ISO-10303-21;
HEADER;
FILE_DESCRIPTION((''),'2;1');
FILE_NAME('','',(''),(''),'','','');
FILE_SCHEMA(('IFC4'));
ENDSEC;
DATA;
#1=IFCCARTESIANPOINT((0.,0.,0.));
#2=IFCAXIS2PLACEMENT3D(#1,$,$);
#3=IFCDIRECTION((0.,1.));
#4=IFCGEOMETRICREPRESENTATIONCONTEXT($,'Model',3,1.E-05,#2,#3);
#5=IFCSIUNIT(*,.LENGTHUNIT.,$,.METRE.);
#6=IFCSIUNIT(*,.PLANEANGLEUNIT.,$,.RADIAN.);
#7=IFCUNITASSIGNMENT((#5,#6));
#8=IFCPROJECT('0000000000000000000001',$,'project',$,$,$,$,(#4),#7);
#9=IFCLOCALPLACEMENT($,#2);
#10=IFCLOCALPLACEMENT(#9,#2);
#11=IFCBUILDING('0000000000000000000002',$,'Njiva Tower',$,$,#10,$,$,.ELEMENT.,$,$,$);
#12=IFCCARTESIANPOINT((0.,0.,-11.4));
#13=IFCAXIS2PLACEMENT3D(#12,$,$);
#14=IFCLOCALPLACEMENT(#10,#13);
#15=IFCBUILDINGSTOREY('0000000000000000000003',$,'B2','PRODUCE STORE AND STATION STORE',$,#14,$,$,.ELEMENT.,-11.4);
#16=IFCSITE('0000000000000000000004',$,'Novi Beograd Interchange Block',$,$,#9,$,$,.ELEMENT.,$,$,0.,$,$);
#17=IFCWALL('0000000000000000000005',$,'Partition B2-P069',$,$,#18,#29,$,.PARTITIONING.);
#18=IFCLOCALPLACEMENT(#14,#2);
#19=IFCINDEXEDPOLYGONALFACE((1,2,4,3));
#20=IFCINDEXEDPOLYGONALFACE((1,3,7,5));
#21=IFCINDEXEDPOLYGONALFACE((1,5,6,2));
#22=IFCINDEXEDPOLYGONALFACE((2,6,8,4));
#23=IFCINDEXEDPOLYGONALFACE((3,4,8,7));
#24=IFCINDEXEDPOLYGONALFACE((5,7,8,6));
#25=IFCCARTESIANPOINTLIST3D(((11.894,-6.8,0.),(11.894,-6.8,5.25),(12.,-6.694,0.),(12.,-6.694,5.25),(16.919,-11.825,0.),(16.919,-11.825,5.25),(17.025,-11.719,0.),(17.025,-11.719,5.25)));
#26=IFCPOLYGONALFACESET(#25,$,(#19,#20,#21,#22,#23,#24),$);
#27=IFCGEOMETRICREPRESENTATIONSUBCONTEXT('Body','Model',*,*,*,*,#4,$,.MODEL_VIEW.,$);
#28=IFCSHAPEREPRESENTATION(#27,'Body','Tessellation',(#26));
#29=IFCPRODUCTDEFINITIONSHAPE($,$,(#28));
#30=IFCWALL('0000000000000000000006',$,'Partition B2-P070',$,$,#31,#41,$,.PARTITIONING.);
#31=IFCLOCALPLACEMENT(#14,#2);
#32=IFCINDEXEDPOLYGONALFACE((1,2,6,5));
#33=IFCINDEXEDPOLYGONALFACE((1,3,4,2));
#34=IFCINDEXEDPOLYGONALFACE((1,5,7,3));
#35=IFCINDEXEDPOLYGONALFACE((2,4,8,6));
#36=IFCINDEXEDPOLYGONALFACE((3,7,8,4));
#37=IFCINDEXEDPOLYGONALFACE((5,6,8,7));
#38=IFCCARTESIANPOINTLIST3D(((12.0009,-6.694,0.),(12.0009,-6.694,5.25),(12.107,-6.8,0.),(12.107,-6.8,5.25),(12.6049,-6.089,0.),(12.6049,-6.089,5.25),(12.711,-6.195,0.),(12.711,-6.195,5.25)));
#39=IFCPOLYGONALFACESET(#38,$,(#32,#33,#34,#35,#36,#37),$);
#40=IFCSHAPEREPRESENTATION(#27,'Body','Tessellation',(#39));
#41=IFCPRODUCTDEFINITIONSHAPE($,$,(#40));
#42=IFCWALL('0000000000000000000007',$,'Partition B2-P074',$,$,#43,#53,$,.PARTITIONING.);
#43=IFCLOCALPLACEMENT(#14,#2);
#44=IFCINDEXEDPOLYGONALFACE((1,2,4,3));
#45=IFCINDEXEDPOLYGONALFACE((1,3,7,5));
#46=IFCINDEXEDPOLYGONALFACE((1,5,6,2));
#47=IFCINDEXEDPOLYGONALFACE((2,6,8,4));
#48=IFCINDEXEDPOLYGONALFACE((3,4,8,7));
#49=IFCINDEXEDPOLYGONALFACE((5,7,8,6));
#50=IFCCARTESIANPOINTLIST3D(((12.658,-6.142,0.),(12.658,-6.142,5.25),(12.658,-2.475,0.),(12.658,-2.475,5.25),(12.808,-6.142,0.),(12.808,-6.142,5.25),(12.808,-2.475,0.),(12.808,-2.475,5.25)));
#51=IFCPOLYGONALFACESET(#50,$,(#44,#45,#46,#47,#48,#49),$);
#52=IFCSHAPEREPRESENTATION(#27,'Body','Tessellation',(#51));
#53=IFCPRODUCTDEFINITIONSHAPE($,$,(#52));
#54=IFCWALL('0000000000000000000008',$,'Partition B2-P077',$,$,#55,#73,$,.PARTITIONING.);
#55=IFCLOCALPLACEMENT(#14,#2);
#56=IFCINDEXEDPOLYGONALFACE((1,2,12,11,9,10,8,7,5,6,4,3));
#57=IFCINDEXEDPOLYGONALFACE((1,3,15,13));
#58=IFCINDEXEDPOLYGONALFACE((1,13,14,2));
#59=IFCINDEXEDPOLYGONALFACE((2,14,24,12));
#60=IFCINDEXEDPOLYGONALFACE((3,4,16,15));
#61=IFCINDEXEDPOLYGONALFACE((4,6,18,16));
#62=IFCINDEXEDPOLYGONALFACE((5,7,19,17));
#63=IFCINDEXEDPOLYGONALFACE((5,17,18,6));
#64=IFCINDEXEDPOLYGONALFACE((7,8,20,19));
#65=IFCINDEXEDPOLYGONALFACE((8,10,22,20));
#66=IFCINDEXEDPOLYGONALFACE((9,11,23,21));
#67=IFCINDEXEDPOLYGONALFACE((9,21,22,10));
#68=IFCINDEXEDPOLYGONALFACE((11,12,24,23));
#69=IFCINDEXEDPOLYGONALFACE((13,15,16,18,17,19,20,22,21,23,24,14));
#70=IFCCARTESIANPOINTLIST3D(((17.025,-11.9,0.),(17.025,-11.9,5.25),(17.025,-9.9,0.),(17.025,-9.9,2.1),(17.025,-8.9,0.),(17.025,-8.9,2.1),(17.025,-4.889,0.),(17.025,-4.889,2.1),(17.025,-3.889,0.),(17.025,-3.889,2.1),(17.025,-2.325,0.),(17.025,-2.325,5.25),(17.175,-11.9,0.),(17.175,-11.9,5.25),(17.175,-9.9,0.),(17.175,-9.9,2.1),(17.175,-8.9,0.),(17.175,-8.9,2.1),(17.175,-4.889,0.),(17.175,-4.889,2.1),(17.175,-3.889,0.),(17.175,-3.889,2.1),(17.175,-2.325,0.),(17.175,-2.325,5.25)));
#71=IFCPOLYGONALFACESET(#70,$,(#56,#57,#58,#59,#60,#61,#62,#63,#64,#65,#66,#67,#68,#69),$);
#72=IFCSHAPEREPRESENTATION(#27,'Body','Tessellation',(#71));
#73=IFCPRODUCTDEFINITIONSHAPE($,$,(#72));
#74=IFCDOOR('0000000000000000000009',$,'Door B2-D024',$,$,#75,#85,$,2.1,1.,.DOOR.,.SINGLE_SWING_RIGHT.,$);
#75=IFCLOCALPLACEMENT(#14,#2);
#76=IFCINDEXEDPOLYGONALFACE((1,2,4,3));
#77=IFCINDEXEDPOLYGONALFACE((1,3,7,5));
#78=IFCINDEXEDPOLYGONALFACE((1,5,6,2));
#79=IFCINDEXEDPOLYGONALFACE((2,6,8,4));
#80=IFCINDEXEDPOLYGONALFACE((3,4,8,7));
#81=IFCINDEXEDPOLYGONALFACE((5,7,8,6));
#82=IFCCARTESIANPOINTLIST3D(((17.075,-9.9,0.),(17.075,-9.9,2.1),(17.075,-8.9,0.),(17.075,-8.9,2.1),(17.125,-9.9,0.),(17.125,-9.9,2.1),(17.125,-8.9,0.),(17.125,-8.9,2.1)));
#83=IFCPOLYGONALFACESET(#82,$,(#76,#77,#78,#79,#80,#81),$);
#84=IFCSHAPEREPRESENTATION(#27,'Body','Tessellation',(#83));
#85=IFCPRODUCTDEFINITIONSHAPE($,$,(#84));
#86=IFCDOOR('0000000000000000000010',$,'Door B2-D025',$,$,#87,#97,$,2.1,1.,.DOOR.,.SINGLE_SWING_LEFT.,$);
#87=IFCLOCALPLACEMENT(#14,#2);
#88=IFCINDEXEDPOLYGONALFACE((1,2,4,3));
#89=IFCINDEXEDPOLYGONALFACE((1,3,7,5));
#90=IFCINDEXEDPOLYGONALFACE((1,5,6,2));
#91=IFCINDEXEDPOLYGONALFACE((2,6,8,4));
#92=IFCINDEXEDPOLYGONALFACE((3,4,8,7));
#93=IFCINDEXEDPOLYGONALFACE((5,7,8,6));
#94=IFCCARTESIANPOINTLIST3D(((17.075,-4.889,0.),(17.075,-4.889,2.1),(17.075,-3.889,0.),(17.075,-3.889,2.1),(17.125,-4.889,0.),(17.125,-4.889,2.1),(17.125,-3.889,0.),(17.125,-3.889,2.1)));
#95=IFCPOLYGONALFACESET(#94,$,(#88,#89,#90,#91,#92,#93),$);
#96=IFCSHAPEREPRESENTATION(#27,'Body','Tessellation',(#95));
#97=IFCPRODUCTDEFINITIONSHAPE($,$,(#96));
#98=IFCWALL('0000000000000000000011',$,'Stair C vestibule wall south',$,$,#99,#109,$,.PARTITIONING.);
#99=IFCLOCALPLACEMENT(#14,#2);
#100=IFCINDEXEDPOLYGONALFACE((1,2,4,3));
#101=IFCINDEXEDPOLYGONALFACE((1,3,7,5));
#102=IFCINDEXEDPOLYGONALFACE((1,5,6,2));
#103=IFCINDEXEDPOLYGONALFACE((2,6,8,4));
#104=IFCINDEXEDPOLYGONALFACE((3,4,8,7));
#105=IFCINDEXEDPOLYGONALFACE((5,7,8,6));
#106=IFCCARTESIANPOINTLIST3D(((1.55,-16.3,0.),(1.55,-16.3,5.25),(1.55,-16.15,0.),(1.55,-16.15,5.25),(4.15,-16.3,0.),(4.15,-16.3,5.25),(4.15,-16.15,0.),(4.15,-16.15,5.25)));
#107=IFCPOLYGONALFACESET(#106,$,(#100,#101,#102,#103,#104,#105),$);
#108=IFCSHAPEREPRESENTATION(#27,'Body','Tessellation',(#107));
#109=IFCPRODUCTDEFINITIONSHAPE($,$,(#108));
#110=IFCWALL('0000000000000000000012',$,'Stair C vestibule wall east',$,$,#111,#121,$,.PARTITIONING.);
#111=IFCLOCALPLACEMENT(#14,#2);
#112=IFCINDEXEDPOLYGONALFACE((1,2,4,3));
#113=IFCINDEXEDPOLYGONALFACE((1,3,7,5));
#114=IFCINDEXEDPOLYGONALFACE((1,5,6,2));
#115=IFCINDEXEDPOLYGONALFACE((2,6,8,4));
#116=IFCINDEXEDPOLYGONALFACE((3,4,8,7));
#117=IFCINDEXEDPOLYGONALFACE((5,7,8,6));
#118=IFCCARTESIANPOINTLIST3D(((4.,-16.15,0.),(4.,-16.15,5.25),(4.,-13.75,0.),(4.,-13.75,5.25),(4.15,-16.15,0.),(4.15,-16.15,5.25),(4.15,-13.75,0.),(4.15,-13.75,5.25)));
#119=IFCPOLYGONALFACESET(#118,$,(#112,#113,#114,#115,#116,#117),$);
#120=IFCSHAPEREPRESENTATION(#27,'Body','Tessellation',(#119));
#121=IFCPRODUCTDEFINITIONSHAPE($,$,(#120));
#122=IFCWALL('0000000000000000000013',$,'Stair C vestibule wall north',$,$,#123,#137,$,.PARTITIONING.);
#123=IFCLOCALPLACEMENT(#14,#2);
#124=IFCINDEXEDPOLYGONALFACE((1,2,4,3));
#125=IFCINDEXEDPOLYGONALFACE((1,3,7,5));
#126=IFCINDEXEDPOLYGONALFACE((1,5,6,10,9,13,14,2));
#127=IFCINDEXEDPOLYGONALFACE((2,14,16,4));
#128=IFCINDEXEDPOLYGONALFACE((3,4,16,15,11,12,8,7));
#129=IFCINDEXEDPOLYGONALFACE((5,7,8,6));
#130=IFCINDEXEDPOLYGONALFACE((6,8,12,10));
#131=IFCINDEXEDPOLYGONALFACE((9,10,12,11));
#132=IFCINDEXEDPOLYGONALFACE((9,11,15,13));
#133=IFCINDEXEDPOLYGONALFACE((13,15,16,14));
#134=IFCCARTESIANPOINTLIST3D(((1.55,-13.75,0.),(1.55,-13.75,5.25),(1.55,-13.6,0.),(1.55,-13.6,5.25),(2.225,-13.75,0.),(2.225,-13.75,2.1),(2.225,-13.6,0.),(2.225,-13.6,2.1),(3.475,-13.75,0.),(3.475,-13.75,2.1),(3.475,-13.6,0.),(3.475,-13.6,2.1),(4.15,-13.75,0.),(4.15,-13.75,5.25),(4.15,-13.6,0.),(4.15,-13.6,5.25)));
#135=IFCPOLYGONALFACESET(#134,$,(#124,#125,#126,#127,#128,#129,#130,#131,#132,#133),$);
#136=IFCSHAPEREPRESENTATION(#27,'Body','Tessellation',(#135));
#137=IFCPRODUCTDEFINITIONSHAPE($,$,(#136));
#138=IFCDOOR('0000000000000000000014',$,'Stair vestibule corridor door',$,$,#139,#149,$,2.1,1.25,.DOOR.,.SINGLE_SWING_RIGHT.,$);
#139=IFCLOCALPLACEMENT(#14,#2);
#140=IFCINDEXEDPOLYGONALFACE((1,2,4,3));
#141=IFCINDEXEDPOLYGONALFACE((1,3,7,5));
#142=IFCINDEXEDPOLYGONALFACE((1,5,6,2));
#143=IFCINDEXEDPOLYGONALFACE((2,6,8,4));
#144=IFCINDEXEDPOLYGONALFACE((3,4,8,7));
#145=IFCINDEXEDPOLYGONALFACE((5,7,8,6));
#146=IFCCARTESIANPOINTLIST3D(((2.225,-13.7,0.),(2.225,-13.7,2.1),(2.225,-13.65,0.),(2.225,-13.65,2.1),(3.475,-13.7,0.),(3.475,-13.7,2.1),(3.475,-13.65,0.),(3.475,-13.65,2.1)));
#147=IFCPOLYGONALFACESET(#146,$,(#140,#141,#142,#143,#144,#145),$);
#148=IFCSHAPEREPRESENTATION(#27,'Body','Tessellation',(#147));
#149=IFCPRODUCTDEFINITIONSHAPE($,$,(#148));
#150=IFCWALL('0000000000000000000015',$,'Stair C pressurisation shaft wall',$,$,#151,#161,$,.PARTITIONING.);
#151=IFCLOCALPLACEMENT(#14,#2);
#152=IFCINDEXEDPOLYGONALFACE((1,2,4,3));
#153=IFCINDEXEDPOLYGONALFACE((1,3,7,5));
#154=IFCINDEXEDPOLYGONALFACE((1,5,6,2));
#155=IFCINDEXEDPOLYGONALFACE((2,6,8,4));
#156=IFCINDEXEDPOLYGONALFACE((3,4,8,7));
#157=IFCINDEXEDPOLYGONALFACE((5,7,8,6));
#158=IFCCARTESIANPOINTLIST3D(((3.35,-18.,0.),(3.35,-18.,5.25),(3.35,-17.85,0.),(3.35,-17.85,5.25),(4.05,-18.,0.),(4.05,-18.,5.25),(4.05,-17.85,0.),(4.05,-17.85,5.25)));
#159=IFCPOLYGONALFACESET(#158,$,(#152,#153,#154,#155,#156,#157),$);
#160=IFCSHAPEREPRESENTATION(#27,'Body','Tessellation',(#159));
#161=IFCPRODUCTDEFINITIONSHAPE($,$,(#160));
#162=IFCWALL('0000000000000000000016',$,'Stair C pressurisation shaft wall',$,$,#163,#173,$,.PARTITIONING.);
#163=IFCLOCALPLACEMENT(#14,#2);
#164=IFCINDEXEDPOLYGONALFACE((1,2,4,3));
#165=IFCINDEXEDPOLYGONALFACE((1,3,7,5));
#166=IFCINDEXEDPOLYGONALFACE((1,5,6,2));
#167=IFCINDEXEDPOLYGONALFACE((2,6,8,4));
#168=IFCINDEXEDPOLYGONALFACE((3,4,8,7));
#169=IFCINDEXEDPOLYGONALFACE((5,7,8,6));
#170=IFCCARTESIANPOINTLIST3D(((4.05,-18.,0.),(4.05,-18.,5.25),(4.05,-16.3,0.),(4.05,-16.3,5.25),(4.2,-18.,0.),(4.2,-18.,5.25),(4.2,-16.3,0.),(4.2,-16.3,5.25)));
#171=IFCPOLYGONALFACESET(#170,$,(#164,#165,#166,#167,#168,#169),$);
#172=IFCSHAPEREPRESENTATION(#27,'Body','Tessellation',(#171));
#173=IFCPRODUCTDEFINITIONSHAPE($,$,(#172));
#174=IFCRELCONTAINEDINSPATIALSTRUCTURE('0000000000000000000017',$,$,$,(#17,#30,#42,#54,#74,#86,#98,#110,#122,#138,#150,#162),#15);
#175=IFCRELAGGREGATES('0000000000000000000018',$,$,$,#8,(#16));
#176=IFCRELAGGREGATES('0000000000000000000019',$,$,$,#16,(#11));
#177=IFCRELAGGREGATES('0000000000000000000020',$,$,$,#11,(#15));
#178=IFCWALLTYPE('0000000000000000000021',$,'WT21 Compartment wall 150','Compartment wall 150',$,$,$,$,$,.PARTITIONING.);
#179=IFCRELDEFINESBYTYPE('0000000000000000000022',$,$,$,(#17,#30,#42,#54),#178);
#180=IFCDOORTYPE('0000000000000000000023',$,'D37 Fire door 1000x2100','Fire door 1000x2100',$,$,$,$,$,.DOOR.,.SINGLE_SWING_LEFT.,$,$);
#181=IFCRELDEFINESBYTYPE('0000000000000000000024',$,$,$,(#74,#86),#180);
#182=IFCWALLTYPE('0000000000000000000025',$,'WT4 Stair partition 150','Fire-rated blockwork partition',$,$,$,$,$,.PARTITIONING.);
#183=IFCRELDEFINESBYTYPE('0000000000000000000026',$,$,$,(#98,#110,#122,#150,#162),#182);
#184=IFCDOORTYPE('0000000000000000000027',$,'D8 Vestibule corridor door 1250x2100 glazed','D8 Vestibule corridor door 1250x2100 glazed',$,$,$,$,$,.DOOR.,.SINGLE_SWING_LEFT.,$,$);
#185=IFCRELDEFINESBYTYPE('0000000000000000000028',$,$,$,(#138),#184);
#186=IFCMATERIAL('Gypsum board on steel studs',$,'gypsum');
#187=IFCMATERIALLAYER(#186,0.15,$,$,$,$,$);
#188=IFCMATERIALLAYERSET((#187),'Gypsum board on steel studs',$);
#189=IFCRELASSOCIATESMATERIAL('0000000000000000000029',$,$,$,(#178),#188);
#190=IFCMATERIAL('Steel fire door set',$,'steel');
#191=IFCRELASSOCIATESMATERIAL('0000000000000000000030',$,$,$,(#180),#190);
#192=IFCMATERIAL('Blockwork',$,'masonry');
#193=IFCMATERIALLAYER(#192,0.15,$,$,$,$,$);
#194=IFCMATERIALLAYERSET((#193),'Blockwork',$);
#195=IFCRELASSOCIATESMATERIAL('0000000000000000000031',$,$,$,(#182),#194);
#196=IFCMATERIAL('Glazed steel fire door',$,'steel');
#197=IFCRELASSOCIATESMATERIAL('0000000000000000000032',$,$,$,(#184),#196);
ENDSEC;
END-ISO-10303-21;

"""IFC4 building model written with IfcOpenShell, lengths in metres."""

from ifc_helpers import new_model, si_unit, direction, frame, frame_2d, origin, place, context, subcontext, project, spatial, rectangle, extrude, material, layer, layer_set, type_object, element, fill, save


model = new_model("IFC4")

# Units and contexts
model_context = context("Model", 3, precision=1e-05, world=origin(), true_north=direction((0.0, 1.0)))
body_context = subcontext(model_context, "Body", "Model", "MODEL_VIEW")
ifc_project = project(units=[si_unit("LENGTHUNIT", "METRE"), si_unit("PLANEANGLEUNIT", "RADIAN")], contexts=[model_context])

# Site, building, storey
site_placement = place(None, origin())
site = spatial("IfcSite", under=ifc_project, at=site_placement, Name="Novi Beograd Interchange Block", CompositionType="ELEMENT", RefElevation=0.0)
building_placement = place(site_placement, origin())
building = spatial("IfcBuilding", under=site, at=building_placement, Name="Njiva Tower", CompositionType="ELEMENT")
storey_placement = place(building_placement, frame((0.0, 0.0, -11.4)))
storey = spatial("IfcBuildingStorey", under=building, at=storey_placement, Name="B2", Description="PRODUCE STORE AND STATION STORE", CompositionType="ELEMENT", Elevation=-11.4)

# Shared definitions
ifc_material_1 = material(Name="Gypsum board on steel studs", Category="gypsum")
ifc_layer_1 = layer(ifc_material_1, 0.15)
ifc_layer_set_1 = layer_set([ifc_layer_1], Name="Gypsum board on steel studs")
wall_type_1 = type_object("IfcWallType", Name="WT21 Compartment wall 150", Description="Compartment wall 150", PredefinedType="PARTITIONING", material=ifc_layer_set_1)

# Shared definitions
ifc_material_2 = material(Name="Steel fire door set", Category="steel")
door_type_1 = type_object("IfcDoorType", Name="D37 Fire door 1000x2100", Description="Fire door 1000x2100", OperationType="SINGLE_SWING_LEFT", PredefinedType="DOOR", material=ifc_material_2)

# Walls
wall_1_placement = place(storey_placement, frame((11.947, -6.747, 0.0), z_axis=(0.0, 0.0, 1.0), x_axis=(0.707107, -0.707107, 0.0)))
element("IfcWall", 1, at=wall_1_placement, inside=storey, type_object=wall_type_1, Name="Partition B2-P069", PredefinedType="PARTITIONING", context=body_context, shape_type="SweptSolid", body=[
    extrude(rectangle(XDim=7.1064, YDim=0.15, at=frame_2d((3.5532, 0.0))), origin(), (0.0, 0.0, 1.0), 5.25),
])
wall_2_placement = place(storey_placement, frame((12.054, -6.747, 0.0), z_axis=(0.0, 0.0, 1.0), x_axis=(0.706522, 0.707691, 0.0)))
element("IfcWall", 2, at=wall_2_placement, inside=storey, type_object=wall_type_1, Name="Partition B2-P070", PredefinedType="PARTITIONING", context=body_context, shape_type="SweptSolid", body=[
    extrude(rectangle(XDim=0.8549, YDim=0.15, at=frame_2d((0.4274, 0.0))), origin(), (0.0, 0.0, 1.0), 5.25),
])
wall_3_placement = place(storey_placement, frame((12.733, -6.142, 0.0), z_axis=(0.0, 0.0, 1.0), x_axis=(0.0, 1.0, 0.0)))
element("IfcWall", 3, at=wall_3_placement, inside=storey, type_object=wall_type_1, Name="Partition B2-P074", PredefinedType="PARTITIONING", context=body_context, shape_type="SweptSolid", body=[
    extrude(rectangle(XDim=3.667, YDim=0.15, at=frame_2d((1.8335, 0.0))), origin(), (0.0, 0.0, 1.0), 5.25),
])

# Wall, openings, doors
wall_4_placement = place(storey_placement, frame((17.1, -11.9, 0.0), z_axis=(0.0, 0.0, 1.0), x_axis=(0.0, 1.0, 0.0)))
wall_4 = element("IfcWall", 4, at=wall_4_placement, inside=storey, type_object=wall_type_1, Name="Partition B2-P077", PredefinedType="PARTITIONING", context=body_context, shape_type="SweptSolid", body=[
    extrude(rectangle(XDim=9.575, YDim=0.15, at=frame_2d((4.7875, 0.0))), origin(), (0.0, 0.0, 1.0), 5.25),
])
opening_1_placement = place(wall_4_placement, frame((2.0, 0.0, 0.0)))
opening_1 = element("IfcOpeningElement", 5, at=opening_1_placement, cuts=wall_4, PredefinedType="OPENING", context=body_context, shape_type="SweptSolid", body=[
    extrude(rectangle(XDim=1.0, YDim=2.1, at=frame_2d((0.5, 1.05))), frame((0.0, 0.085, 0.0), z_axis=(0.0, -1.0, 0.0), x_axis=(1.0, 0.0, 0.0)), (0.0, 0.0, 1.0), 0.17),
])
opening_2_placement = place(wall_4_placement, frame((7.011, 0.0, 0.0)))
opening_2 = element("IfcOpeningElement", 6, at=opening_2_placement, cuts=wall_4, PredefinedType="OPENING", context=body_context, shape_type="SweptSolid", body=[
    extrude(rectangle(XDim=1.0, YDim=2.1, at=frame_2d((0.5, 1.05))), frame((0.0, 0.085, 0.0), z_axis=(0.0, -1.0, 0.0), x_axis=(1.0, 0.0, 0.0)), (0.0, 0.0, 1.0), 0.17),
])
door_1_placement = place(opening_1_placement, origin())
door_1 = element("IfcDoor", 7, at=door_1_placement, inside=storey, type_object=door_type_1, Name="Door B2-D024", OperationType="SINGLE_SWING_RIGHT", OverallHeight=2.1, OverallWidth=1.0, PredefinedType="DOOR", context=body_context, shape_type="SweptSolid", body=[
    extrude(rectangle(XDim=1.0, YDim=2.1, at=frame_2d((0.5, 1.05))), frame((0.0, 0.025, 0.0), z_axis=(0.0, -1.0, 0.0), x_axis=(1.0, 0.0, 0.0)), (0.0, 0.0, 1.0), 0.05),
])
fill(opening_1, door_1)
door_2_placement = place(opening_2_placement, origin())
door_2 = element("IfcDoor", 8, at=door_2_placement, inside=storey, type_object=door_type_1, Name="Door B2-D025", OperationType="SINGLE_SWING_LEFT", OverallHeight=2.1, OverallWidth=1.0, PredefinedType="DOOR", context=body_context, shape_type="SweptSolid", body=[
    extrude(rectangle(XDim=1.0, YDim=2.1, at=frame_2d((0.5, 1.05))), frame((0.0, 0.025, 0.0), z_axis=(0.0, -1.0, 0.0), x_axis=(1.0, 0.0, 0.0)), (0.0, 0.0, 1.0), 0.05),
])
fill(opening_2, door_2)

# Walls
ifc_material_3 = material(Name="Blockwork", Category="masonry")
ifc_layer_2 = layer(ifc_material_3, 0.15)
ifc_layer_set_2 = layer_set([ifc_layer_2], Name="Blockwork")
wall_type_2 = type_object("IfcWallType", Name="WT4 Stair partition 150", Description="Fire-rated blockwork partition", PredefinedType="PARTITIONING", material=ifc_layer_set_2)
wall_5_placement = place(storey_placement, frame((1.55, -16.225, 0.0), z_axis=(0.0, 0.0, 1.0), x_axis=(1.0, 0.0, 0.0)))
element("IfcWall", 9, at=wall_5_placement, inside=storey, type_object=wall_type_2, Name="Stair C vestibule wall south", PredefinedType="PARTITIONING", context=body_context, shape_type="SweptSolid", body=[
    extrude(rectangle(XDim=2.6, YDim=0.15, at=frame_2d((1.3, 0.0))), origin(), (0.0, 0.0, 1.0), 5.25),
])
wall_6_placement = place(storey_placement, frame((4.075, -16.15, 0.0), z_axis=(0.0, 0.0, 1.0), x_axis=(0.0, 1.0, 0.0)))
element("IfcWall", 10, at=wall_6_placement, inside=storey, type_object=wall_type_2, Name="Stair C vestibule wall east", PredefinedType="PARTITIONING", context=body_context, shape_type="SweptSolid", body=[
    extrude(rectangle(XDim=2.4, YDim=0.15, at=frame_2d((1.2, 0.0))), origin(), (0.0, 0.0, 1.0), 5.25),
])

# Wall, opening, door
wall_7_placement = place(storey_placement, frame((1.55, -13.675, 0.0), z_axis=(0.0, 0.0, 1.0), x_axis=(1.0, 0.0, 0.0)))
wall_7 = element("IfcWall", 11, at=wall_7_placement, inside=storey, type_object=wall_type_2, Name="Stair C vestibule wall north", PredefinedType="PARTITIONING", context=body_context, shape_type="SweptSolid", body=[
    extrude(rectangle(XDim=2.6, YDim=0.15, at=frame_2d((1.3, 0.0))), origin(), (0.0, 0.0, 1.0), 5.25),
])
opening_3_placement = place(wall_7_placement, frame((0.675, 0.0, 0.0)))
opening_3 = element("IfcOpeningElement", 12, at=opening_3_placement, cuts=wall_7, PredefinedType="OPENING", context=body_context, shape_type="SweptSolid", body=[
    extrude(rectangle(XDim=1.25, YDim=2.1, at=frame_2d((0.625, 1.05))), frame((0.0, 0.085, 0.0), z_axis=(0.0, -1.0, 0.0), x_axis=(1.0, 0.0, 0.0)), (0.0, 0.0, 1.0), 0.17),
])
ifc_material_4 = material(Name="Glazed steel fire door", Category="steel")
door_type_2 = type_object("IfcDoorType", Name="D8 Vestibule corridor door 1250x2100 glazed", Description="D8 Vestibule corridor door 1250x2100 glazed", OperationType="SINGLE_SWING_LEFT", PredefinedType="DOOR", material=ifc_material_4)
door_3_placement = place(opening_3_placement, origin())
door_3 = element("IfcDoor", 13, at=door_3_placement, inside=storey, type_object=door_type_2, Name="Stair vestibule corridor door", OperationType="SINGLE_SWING_RIGHT", OverallHeight=2.1, OverallWidth=1.25, PredefinedType="DOOR", context=body_context, shape_type="SweptSolid", body=[
    extrude(rectangle(XDim=1.25, YDim=2.1, at=frame_2d((0.625, 1.05))), frame((0.0, 0.025, 0.0), z_axis=(0.0, -1.0, 0.0), x_axis=(1.0, 0.0, 0.0)), (0.0, 0.0, 1.0), 0.05),
])
fill(opening_3, door_3)

# Walls
wall_8_placement = place(storey_placement, frame((3.35, -17.925, 0.0), z_axis=(0.0, 0.0, 1.0), x_axis=(1.0, 0.0, 0.0)))
element("IfcWall", 14, at=wall_8_placement, inside=storey, type_object=wall_type_2, Name="Stair C pressurisation shaft wall", PredefinedType="PARTITIONING", context=body_context, shape_type="SweptSolid", body=[
    extrude(rectangle(XDim=0.7, YDim=0.15, at=frame_2d((0.35, 0.0))), origin(), (0.0, 0.0, 1.0), 5.25),
])
wall_9_placement = place(storey_placement, frame((4.125, -18.0, 0.0), z_axis=(0.0, 0.0, 1.0), x_axis=(0.0, 1.0, 0.0)))
element("IfcWall", 15, at=wall_9_placement, inside=storey, type_object=wall_type_2, Name="Stair C pressurisation shaft wall", PredefinedType="PARTITIONING", context=body_context, shape_type="SweptSolid", body=[
    extrude(rectangle(XDim=1.7, YDim=0.15, at=frame_2d((0.85, 0.0))), origin(), (0.0, 0.0, 1.0), 5.25),
])

save(model, "model.ifc")
